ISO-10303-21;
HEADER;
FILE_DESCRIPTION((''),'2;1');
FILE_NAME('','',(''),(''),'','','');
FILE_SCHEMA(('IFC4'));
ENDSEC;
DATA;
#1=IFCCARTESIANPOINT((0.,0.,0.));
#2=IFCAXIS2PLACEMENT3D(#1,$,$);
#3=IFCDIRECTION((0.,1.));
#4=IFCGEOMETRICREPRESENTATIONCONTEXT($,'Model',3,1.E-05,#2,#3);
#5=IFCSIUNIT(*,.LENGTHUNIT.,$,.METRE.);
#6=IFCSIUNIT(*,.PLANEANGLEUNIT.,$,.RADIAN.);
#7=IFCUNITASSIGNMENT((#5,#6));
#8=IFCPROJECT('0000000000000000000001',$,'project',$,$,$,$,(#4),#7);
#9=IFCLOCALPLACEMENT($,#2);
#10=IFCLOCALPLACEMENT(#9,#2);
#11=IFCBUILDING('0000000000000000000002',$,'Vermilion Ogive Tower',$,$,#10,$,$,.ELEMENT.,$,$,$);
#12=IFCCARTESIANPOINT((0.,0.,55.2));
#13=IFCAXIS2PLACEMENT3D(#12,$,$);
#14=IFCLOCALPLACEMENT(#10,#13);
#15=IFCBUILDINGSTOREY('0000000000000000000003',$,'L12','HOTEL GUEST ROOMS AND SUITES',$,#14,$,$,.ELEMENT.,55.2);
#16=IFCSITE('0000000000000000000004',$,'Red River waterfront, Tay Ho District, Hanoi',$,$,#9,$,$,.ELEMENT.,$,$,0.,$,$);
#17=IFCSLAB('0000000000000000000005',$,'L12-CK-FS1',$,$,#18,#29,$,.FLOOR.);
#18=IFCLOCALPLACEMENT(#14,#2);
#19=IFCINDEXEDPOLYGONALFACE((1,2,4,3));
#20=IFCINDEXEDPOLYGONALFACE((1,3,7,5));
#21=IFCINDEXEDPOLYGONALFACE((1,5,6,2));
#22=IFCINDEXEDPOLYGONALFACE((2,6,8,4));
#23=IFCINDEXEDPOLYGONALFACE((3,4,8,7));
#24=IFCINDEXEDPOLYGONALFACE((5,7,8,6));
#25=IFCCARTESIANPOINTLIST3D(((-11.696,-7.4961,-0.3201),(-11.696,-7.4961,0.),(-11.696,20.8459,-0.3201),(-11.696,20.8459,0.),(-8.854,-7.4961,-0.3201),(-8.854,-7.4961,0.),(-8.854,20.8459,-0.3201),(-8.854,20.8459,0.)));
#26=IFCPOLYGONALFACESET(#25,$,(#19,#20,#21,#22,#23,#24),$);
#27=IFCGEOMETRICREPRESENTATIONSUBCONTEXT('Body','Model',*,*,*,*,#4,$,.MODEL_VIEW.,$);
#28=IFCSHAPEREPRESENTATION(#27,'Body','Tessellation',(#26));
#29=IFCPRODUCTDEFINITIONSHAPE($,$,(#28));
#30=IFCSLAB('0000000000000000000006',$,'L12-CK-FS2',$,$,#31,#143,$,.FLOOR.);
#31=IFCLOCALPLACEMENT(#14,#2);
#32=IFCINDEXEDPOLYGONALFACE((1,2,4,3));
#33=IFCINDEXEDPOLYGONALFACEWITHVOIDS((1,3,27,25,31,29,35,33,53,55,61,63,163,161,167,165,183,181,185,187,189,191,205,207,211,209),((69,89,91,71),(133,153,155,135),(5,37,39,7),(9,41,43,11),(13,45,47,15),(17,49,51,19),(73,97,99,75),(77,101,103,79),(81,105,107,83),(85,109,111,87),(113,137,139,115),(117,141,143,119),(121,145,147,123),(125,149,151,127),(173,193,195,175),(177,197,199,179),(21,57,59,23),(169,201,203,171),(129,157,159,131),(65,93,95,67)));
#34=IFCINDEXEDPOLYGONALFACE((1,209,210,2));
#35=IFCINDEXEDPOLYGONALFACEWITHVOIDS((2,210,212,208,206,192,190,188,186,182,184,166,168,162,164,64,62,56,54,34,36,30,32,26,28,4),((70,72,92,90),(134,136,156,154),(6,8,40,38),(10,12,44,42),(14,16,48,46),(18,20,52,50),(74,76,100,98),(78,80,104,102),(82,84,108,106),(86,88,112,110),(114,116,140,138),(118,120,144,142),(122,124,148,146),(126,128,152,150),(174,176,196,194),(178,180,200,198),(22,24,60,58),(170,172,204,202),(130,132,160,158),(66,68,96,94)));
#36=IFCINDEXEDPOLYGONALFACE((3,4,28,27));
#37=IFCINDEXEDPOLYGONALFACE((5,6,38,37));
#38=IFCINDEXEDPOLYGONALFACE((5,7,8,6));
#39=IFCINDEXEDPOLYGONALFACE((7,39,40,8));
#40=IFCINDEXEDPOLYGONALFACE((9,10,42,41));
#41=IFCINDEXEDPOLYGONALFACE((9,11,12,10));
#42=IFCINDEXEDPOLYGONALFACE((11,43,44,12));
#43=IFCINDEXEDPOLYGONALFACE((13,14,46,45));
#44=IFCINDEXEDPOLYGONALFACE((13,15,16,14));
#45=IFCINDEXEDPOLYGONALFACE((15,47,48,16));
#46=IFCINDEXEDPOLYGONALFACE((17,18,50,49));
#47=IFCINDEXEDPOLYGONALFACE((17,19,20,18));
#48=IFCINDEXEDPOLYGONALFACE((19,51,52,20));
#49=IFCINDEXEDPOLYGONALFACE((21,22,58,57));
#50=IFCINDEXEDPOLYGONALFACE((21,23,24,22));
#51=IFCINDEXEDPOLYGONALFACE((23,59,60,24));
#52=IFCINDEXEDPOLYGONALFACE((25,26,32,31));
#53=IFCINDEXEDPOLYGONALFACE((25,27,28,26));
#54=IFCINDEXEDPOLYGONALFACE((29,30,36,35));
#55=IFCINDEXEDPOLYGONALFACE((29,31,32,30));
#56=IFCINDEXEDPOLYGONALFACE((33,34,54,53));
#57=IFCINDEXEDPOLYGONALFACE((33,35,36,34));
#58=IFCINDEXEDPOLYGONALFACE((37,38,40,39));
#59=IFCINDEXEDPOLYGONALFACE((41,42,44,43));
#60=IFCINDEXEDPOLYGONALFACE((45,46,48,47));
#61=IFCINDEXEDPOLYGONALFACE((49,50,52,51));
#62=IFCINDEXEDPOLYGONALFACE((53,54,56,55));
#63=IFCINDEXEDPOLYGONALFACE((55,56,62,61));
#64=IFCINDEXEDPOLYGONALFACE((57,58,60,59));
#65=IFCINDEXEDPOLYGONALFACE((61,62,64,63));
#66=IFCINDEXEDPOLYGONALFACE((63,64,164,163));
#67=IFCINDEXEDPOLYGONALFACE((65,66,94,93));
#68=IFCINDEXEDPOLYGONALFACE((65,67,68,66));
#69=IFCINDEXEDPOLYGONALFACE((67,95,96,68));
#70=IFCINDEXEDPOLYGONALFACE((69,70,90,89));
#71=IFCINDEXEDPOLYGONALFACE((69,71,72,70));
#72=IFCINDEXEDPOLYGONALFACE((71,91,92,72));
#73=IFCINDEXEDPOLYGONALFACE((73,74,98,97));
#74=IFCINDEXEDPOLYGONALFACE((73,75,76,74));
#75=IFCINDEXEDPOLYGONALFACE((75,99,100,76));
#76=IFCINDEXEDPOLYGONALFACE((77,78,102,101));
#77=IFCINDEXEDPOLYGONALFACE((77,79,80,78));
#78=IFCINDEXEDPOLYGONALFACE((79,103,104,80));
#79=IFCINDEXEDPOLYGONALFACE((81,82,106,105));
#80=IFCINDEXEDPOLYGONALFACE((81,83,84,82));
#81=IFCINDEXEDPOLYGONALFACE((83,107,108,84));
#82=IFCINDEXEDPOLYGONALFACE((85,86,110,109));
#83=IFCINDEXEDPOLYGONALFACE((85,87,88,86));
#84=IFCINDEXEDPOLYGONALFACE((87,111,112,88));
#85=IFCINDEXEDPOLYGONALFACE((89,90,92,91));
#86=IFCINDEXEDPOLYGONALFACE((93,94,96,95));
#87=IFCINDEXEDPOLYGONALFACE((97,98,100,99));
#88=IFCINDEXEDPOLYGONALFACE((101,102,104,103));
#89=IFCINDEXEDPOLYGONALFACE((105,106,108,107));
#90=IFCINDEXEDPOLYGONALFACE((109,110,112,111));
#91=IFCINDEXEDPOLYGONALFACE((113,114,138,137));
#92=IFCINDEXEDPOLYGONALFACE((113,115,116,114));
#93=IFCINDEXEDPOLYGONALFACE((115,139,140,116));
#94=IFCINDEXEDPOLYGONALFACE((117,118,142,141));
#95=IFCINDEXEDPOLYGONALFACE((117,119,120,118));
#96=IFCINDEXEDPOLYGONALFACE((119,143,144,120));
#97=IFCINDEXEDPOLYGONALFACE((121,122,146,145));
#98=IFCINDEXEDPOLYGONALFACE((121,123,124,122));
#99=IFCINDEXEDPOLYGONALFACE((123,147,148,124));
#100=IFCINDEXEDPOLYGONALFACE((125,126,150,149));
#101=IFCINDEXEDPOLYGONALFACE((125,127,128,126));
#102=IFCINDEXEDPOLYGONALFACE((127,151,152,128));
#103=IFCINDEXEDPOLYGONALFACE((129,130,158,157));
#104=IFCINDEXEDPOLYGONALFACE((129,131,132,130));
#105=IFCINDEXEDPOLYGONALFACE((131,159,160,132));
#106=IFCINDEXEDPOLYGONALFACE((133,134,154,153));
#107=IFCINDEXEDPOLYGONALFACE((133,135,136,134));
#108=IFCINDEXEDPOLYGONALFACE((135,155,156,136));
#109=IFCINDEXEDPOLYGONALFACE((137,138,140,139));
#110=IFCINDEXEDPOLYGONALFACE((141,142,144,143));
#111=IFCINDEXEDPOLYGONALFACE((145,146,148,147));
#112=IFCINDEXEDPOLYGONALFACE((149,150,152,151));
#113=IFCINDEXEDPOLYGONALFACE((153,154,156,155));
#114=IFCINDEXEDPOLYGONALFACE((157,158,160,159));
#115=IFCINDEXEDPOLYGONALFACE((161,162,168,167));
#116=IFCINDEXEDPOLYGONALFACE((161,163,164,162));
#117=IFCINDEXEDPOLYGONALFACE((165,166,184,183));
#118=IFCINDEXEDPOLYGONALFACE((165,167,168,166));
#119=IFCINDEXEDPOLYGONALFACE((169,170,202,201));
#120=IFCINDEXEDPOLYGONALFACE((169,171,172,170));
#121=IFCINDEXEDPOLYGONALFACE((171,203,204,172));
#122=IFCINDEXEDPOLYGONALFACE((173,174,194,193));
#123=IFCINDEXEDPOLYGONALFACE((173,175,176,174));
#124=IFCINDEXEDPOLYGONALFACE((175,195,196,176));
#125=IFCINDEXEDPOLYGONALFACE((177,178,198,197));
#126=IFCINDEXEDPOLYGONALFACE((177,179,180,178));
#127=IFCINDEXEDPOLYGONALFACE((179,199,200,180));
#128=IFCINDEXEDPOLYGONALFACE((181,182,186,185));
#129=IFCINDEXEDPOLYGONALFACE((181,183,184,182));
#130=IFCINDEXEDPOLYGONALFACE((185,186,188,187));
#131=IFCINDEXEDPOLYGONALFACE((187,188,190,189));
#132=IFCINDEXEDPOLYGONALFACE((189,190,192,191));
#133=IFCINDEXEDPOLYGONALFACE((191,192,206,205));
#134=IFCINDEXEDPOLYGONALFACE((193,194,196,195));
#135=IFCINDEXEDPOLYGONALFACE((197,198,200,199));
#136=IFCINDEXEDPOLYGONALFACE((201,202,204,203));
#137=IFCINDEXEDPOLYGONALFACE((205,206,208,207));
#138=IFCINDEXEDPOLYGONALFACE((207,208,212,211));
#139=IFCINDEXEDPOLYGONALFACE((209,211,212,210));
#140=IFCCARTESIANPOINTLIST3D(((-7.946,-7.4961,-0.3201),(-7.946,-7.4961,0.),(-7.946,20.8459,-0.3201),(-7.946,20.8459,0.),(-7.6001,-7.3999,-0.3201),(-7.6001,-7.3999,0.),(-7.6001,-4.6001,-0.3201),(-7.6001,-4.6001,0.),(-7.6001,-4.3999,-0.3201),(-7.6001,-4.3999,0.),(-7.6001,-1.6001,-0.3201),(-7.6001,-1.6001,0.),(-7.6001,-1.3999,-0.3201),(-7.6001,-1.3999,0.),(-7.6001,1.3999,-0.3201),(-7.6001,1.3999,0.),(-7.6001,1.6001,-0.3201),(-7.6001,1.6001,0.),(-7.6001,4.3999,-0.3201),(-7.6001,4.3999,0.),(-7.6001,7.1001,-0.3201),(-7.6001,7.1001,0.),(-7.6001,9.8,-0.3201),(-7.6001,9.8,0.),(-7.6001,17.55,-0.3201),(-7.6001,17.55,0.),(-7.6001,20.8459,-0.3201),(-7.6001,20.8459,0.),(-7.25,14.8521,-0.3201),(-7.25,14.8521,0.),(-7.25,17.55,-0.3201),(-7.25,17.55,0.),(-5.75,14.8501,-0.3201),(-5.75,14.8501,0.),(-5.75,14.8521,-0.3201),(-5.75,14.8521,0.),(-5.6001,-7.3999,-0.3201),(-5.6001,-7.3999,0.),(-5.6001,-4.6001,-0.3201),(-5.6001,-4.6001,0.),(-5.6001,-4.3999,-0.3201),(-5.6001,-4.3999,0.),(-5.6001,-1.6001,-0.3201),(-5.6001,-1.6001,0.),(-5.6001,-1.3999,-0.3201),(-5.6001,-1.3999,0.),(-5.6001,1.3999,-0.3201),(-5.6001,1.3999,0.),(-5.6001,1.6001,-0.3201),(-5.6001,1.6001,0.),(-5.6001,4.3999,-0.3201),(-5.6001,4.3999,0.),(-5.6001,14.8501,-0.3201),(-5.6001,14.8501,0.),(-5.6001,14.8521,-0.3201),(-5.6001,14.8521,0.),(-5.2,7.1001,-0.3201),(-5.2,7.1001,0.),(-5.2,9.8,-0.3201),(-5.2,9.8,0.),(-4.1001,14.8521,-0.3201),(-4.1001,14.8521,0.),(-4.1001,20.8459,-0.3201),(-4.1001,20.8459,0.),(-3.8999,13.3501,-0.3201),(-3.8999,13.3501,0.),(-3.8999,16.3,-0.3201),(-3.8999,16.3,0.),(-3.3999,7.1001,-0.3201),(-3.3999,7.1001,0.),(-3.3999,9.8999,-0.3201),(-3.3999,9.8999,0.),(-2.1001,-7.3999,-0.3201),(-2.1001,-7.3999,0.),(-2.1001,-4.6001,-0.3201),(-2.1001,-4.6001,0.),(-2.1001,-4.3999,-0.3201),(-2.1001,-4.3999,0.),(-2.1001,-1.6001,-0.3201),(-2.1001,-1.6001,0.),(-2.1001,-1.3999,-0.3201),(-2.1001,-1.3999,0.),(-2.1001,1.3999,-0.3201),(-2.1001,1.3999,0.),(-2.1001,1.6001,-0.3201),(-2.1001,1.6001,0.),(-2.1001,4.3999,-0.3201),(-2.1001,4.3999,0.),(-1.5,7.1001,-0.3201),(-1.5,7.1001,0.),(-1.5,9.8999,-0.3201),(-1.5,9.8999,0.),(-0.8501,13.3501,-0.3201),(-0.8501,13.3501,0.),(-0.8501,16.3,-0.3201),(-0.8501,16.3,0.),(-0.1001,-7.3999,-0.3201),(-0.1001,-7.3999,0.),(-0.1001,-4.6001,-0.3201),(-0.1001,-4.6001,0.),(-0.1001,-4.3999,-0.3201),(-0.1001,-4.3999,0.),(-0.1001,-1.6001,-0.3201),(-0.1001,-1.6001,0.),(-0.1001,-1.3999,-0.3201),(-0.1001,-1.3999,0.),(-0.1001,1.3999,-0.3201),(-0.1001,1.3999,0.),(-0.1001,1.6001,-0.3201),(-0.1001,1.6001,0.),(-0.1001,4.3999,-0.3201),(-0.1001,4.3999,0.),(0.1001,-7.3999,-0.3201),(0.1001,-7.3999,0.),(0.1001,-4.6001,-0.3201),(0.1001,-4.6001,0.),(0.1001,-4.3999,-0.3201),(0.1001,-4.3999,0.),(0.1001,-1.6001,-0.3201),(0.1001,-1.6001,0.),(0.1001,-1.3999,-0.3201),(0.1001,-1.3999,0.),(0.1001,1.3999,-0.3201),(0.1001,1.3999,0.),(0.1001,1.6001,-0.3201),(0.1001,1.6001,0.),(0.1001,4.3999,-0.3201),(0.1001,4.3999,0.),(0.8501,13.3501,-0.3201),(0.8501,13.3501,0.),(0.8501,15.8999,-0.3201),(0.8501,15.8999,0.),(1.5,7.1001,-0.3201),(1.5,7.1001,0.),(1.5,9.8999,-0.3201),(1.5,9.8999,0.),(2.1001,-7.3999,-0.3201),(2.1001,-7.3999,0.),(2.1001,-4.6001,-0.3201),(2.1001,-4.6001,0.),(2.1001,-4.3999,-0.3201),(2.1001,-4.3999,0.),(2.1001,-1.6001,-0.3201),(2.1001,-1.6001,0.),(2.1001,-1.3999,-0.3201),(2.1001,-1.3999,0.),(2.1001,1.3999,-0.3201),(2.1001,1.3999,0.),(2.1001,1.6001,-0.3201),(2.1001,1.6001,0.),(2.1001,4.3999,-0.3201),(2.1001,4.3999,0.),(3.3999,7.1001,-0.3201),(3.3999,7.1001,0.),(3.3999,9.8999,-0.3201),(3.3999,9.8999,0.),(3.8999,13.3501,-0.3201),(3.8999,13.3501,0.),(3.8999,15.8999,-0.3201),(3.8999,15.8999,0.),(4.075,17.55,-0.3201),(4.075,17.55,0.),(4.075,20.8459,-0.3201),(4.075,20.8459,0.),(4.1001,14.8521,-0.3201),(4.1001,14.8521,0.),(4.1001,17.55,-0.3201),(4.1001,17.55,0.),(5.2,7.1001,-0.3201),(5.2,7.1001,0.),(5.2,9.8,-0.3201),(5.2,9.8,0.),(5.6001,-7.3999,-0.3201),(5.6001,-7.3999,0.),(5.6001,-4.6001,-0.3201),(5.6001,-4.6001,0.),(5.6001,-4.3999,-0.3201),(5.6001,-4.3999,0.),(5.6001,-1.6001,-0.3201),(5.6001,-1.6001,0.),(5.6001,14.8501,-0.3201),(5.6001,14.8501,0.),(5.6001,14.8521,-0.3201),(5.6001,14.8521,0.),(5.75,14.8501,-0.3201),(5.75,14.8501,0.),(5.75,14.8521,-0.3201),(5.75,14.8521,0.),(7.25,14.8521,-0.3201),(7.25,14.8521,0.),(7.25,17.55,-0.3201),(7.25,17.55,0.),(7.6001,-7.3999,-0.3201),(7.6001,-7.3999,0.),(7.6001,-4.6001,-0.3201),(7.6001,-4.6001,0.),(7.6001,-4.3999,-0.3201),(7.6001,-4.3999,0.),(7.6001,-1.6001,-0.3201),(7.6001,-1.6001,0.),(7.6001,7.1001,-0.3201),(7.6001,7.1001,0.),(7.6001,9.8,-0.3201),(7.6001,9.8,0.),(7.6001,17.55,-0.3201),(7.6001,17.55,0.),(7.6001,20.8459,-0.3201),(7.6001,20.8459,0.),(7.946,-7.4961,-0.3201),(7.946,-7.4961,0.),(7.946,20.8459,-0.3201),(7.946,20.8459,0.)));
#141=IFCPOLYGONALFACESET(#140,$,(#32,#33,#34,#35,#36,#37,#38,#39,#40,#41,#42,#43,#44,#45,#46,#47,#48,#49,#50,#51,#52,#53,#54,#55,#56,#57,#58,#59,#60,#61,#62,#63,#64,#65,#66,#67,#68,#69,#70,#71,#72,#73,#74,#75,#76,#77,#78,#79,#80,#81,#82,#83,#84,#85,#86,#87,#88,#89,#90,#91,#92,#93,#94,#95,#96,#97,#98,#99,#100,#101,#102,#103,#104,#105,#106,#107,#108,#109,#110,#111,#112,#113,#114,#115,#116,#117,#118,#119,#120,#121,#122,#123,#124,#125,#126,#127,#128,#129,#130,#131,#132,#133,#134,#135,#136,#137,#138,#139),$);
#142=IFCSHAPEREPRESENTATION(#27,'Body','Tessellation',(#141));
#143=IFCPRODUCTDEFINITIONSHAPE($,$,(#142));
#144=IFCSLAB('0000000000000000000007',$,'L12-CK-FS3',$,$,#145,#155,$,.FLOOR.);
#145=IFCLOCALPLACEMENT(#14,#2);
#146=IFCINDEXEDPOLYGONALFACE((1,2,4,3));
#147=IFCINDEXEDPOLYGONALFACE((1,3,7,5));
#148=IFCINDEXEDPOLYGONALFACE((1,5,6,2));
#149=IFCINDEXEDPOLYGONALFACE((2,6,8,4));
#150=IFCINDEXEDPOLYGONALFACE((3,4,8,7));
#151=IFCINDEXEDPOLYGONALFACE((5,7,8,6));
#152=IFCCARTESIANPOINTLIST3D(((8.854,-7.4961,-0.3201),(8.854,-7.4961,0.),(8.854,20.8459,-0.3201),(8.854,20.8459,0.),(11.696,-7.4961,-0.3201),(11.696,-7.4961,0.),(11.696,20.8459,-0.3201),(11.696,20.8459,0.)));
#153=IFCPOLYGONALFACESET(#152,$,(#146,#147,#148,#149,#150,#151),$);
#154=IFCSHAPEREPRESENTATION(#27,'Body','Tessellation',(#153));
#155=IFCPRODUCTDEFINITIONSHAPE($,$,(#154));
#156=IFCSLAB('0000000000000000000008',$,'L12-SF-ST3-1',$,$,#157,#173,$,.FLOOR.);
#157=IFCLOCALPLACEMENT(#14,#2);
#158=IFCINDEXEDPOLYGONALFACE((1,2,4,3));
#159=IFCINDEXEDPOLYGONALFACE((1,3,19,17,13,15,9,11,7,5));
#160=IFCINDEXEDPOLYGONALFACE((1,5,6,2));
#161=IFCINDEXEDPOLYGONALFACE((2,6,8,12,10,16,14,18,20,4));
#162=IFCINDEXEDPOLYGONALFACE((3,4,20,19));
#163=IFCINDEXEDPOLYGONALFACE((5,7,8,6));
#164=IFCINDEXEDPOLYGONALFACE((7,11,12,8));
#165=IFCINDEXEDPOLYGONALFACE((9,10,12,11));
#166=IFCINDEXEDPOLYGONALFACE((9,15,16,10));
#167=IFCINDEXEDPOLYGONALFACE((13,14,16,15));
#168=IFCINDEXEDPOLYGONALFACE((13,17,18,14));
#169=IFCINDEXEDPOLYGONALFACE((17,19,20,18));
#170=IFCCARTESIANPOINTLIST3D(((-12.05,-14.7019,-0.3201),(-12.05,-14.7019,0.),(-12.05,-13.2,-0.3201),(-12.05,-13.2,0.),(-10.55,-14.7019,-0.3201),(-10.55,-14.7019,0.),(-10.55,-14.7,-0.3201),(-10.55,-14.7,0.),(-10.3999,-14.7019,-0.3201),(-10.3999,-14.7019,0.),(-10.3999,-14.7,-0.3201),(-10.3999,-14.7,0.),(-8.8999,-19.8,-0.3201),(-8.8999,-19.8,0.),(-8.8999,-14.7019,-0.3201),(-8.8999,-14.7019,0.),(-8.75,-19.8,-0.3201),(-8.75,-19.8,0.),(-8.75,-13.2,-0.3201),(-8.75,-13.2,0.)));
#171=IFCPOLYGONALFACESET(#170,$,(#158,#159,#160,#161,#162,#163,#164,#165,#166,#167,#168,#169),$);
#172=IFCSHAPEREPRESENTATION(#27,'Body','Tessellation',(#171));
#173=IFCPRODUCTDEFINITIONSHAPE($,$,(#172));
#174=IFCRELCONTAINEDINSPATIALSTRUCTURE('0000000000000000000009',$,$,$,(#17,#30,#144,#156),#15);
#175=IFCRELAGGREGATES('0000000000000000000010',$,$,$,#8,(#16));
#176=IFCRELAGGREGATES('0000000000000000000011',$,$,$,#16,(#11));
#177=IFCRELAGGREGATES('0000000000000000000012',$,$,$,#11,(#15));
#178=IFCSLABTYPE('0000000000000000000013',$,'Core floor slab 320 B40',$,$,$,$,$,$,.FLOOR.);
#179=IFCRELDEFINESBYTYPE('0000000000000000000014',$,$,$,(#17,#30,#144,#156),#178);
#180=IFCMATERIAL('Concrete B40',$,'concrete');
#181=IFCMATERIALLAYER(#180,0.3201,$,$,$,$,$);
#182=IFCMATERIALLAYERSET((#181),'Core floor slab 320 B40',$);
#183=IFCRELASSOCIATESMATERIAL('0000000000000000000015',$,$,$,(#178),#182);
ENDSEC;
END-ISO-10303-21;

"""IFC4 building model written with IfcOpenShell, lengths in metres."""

from ifc_helpers import new_model, si_unit, direction, frame, origin, place, context, subcontext, project, spatial, polyline, outline, extrude, material, layer, layer_set, type_object, element, save


model = new_model("IFC4")

# Units and contexts
model_context = context("Model", 3, precision=1e-05, world=origin(), true_north=direction((0.0, 1.0)))
body_context = subcontext(model_context, "Body", "Model", "MODEL_VIEW")
ifc_project = project(units=[si_unit("LENGTHUNIT", "METRE"), si_unit("PLANEANGLEUNIT", "RADIAN")], contexts=[model_context])

# Site, building, storey
site_placement = place(None, origin())
site = spatial("IfcSite", under=ifc_project, at=site_placement, Name="Red River waterfront, Tay Ho District, Hanoi", CompositionType="ELEMENT", RefElevation=0.0)
building_placement = place(site_placement, origin())
building = spatial("IfcBuilding", under=site, at=building_placement, Name="Vermilion Ogive Tower", CompositionType="ELEMENT")
storey_placement = place(building_placement, frame((0.0, 0.0, 55.2)))
storey = spatial("IfcBuildingStorey", under=building, at=storey_placement, Name="L12", Description="HOTEL GUEST ROOMS AND SUITES", CompositionType="ELEMENT", Elevation=55.2)

# Slabs
ifc_material_1 = material(Name="Concrete B40", Category="concrete")
ifc_layer_1 = layer(ifc_material_1, 0.3201)
ifc_layer_set_1 = layer_set([ifc_layer_1], Name="Core floor slab 320 B40")
slab_type = type_object("IfcSlabType", Name="Core floor slab 320 B40", PredefinedType="FLOOR", material=ifc_layer_set_1)
slab_1_placement = place(storey_placement, frame((0.0, 0.0, -0.3201)))
element("IfcSlab", 1, at=slab_1_placement, inside=storey, type_object=slab_type, Name="L12-CK-FS1", PredefinedType="FLOOR", context=body_context, shape_type="SweptSolid", body=[
    extrude(outline(polyline([(-8.854, -7.4961), (-11.696, -7.4961), (-11.696, 20.8459), (-8.854, 20.8459), (-8.854, -7.4961)])), origin(), (0.0, 0.0, 1.0), 0.3201),
])
slab_2_placement = place(storey_placement, frame((0.0, 0.0, -0.3201)))
element("IfcSlab", 2, at=slab_2_placement, inside=storey, type_object=slab_type, Name="L12-CK-FS2", PredefinedType="FLOOR", context=body_context, shape_type="SweptSolid", body=[
    extrude(outline(polyline([(5.75, 14.8501), (5.6001, 14.8501), (5.6001, 14.8521), (4.1001, 14.8521), (4.1001, 17.55), (4.075, 17.55), (4.075, 20.8459), (-4.1001, 20.8459), (-4.1001, 14.8521), (-5.6001, 14.8521), (-5.6001, 14.8501), (-5.75, 14.8501), (-5.75, 14.8521), (-7.25, 14.8521), (-7.25, 17.55), (-7.6001, 17.55), (-7.6001, 20.8459), (-7.946, 20.8459), (-7.946, -7.4961), (7.946, -7.4961), (7.946, 20.8459), (7.6001, 20.8459), (7.6001, 17.55), (7.25, 17.55), (7.25, 14.8521), (5.75, 14.8521), (5.75, 14.8501)]), holes=[polyline([(-7.6001, -4.6001), (-5.6001, -4.6001), (-5.6001, -7.3999), (-7.6001, -7.3999), (-7.6001, -4.6001)]), polyline([(-2.1001, -4.6001), (-0.1001, -4.6001), (-0.1001, -7.3999), (-2.1001, -7.3999), (-2.1001, -4.6001)]), polyline([(-7.6001, -4.3999), (-7.6001, -1.6001), (-5.6001, -1.6001), (-5.6001, -4.3999), (-7.6001, -4.3999)]), polyline([(-2.1001, -1.6001), (-0.1001, -1.6001), (-0.1001, -4.3999), (-2.1001, -4.3999), (-2.1001, -1.6001)]), polyline([(-7.6001, -1.3999), (-7.6001, 1.3999), (-5.6001, 1.3999), (-5.6001, -1.3999), (-7.6001, -1.3999)]), polyline([(-2.1001, 1.3999), (-0.1001, 1.3999), (-0.1001, -1.3999), (-2.1001, -1.3999), (-2.1001, 1.3999)]), polyline([(-7.6001, 4.3999), (-5.6001, 4.3999), (-5.6001, 1.6001), (-7.6001, 1.6001), (-7.6001, 4.3999)]), polyline([(-2.1001, 4.3999), (-0.1001, 4.3999), (-0.1001, 1.6001), (-2.1001, 1.6001), (-2.1001, 4.3999)]), polyline([(-7.6001, 9.8), (-5.2, 9.8), (-5.2, 7.1001), (-7.6001, 7.1001), (-7.6001, 9.8)]), polyline([(-3.3999, 9.8999), (-1.5, 9.8999), (-1.5, 7.1001), (-3.3999, 7.1001), (-3.3999, 9.8999)]), polyline([(-3.8999, 16.3), (-0.8501, 16.3), (-0.8501, 13.3501), (-3.8999, 13.3501), (-3.8999, 16.3)]), polyline([(0.1001, -4.6001), (2.1001, -4.6001), (2.1001, -7.3999), (0.1001, -7.3999), (0.1001, -4.6001)]), polyline([(5.6001, -4.6001), (7.6001, -4.6001), (7.6001, -7.3999), (5.6001, -7.3999), (5.6001, -4.6001)]), polyline([(0.1001, -1.6001), (2.1001, -1.6001), (2.1001, -4.3999), (0.1001, -4.3999), (0.1001, -1.6001)]), polyline([(5.6001, -1.6001), (7.6001, -1.6001), (7.6001, -4.3999), (5.6001, -4.3999), (5.6001, -1.6001)]), polyline([(0.1001, 1.3999), (2.1001, 1.3999), (2.1001, -1.3999), (0.1001, -1.3999), (0.1001, 1.3999)]), polyline([(0.1001, 4.3999), (2.1001, 4.3999), (2.1001, 1.6001), (0.1001, 1.6001), (0.1001, 4.3999)]), polyline([(5.2, 9.8), (7.6001, 9.8), (7.6001, 7.1001), (5.2, 7.1001), (5.2, 9.8)]), polyline([(1.5, 9.8999), (3.3999, 9.8999), (3.3999, 7.1001), (1.5, 7.1001), (1.5, 9.8999)]), polyline([(0.8501, 15.8999), (3.8999, 15.8999), (3.8999, 13.3501), (0.8501, 13.3501), (0.8501, 15.8999)])]), origin(), (0.0, 0.0, 1.0), 0.3201),
])
slab_3_placement = place(storey_placement, frame((0.0, 0.0, -0.3201)))
element("IfcSlab", 3, at=slab_3_placement, inside=storey, type_object=slab_type, Name="L12-CK-FS3", PredefinedType="FLOOR", context=body_context, shape_type="SweptSolid", body=[
    extrude(outline(polyline([(8.854, 20.8459), (11.696, 20.8459), (11.696, -7.4961), (8.854, -7.4961), (8.854, 20.8459)])), origin(), (0.0, 0.0, 1.0), 0.3201),
])
slab_4_placement = place(storey_placement, frame((0.0, 0.0, -0.3201)))
element("IfcSlab", 4, at=slab_4_placement, inside=storey, type_object=slab_type, Name="L12-SF-ST3-1", PredefinedType="FLOOR", context=body_context, shape_type="SweptSolid", body=[
    extrude(outline(polyline([(-12.05, -13.2), (-12.05, -14.7019), (-10.55, -14.7019), (-10.55, -14.7), (-10.3999, -14.7), (-10.3999, -14.7019), (-8.8999, -14.7019), (-8.8999, -19.8), (-8.75, -19.8), (-8.75, -13.2), (-12.05, -13.2)])), origin(), (0.0, 0.0, 1.0), 0.3201),
])

save(model, "model.ifc")
